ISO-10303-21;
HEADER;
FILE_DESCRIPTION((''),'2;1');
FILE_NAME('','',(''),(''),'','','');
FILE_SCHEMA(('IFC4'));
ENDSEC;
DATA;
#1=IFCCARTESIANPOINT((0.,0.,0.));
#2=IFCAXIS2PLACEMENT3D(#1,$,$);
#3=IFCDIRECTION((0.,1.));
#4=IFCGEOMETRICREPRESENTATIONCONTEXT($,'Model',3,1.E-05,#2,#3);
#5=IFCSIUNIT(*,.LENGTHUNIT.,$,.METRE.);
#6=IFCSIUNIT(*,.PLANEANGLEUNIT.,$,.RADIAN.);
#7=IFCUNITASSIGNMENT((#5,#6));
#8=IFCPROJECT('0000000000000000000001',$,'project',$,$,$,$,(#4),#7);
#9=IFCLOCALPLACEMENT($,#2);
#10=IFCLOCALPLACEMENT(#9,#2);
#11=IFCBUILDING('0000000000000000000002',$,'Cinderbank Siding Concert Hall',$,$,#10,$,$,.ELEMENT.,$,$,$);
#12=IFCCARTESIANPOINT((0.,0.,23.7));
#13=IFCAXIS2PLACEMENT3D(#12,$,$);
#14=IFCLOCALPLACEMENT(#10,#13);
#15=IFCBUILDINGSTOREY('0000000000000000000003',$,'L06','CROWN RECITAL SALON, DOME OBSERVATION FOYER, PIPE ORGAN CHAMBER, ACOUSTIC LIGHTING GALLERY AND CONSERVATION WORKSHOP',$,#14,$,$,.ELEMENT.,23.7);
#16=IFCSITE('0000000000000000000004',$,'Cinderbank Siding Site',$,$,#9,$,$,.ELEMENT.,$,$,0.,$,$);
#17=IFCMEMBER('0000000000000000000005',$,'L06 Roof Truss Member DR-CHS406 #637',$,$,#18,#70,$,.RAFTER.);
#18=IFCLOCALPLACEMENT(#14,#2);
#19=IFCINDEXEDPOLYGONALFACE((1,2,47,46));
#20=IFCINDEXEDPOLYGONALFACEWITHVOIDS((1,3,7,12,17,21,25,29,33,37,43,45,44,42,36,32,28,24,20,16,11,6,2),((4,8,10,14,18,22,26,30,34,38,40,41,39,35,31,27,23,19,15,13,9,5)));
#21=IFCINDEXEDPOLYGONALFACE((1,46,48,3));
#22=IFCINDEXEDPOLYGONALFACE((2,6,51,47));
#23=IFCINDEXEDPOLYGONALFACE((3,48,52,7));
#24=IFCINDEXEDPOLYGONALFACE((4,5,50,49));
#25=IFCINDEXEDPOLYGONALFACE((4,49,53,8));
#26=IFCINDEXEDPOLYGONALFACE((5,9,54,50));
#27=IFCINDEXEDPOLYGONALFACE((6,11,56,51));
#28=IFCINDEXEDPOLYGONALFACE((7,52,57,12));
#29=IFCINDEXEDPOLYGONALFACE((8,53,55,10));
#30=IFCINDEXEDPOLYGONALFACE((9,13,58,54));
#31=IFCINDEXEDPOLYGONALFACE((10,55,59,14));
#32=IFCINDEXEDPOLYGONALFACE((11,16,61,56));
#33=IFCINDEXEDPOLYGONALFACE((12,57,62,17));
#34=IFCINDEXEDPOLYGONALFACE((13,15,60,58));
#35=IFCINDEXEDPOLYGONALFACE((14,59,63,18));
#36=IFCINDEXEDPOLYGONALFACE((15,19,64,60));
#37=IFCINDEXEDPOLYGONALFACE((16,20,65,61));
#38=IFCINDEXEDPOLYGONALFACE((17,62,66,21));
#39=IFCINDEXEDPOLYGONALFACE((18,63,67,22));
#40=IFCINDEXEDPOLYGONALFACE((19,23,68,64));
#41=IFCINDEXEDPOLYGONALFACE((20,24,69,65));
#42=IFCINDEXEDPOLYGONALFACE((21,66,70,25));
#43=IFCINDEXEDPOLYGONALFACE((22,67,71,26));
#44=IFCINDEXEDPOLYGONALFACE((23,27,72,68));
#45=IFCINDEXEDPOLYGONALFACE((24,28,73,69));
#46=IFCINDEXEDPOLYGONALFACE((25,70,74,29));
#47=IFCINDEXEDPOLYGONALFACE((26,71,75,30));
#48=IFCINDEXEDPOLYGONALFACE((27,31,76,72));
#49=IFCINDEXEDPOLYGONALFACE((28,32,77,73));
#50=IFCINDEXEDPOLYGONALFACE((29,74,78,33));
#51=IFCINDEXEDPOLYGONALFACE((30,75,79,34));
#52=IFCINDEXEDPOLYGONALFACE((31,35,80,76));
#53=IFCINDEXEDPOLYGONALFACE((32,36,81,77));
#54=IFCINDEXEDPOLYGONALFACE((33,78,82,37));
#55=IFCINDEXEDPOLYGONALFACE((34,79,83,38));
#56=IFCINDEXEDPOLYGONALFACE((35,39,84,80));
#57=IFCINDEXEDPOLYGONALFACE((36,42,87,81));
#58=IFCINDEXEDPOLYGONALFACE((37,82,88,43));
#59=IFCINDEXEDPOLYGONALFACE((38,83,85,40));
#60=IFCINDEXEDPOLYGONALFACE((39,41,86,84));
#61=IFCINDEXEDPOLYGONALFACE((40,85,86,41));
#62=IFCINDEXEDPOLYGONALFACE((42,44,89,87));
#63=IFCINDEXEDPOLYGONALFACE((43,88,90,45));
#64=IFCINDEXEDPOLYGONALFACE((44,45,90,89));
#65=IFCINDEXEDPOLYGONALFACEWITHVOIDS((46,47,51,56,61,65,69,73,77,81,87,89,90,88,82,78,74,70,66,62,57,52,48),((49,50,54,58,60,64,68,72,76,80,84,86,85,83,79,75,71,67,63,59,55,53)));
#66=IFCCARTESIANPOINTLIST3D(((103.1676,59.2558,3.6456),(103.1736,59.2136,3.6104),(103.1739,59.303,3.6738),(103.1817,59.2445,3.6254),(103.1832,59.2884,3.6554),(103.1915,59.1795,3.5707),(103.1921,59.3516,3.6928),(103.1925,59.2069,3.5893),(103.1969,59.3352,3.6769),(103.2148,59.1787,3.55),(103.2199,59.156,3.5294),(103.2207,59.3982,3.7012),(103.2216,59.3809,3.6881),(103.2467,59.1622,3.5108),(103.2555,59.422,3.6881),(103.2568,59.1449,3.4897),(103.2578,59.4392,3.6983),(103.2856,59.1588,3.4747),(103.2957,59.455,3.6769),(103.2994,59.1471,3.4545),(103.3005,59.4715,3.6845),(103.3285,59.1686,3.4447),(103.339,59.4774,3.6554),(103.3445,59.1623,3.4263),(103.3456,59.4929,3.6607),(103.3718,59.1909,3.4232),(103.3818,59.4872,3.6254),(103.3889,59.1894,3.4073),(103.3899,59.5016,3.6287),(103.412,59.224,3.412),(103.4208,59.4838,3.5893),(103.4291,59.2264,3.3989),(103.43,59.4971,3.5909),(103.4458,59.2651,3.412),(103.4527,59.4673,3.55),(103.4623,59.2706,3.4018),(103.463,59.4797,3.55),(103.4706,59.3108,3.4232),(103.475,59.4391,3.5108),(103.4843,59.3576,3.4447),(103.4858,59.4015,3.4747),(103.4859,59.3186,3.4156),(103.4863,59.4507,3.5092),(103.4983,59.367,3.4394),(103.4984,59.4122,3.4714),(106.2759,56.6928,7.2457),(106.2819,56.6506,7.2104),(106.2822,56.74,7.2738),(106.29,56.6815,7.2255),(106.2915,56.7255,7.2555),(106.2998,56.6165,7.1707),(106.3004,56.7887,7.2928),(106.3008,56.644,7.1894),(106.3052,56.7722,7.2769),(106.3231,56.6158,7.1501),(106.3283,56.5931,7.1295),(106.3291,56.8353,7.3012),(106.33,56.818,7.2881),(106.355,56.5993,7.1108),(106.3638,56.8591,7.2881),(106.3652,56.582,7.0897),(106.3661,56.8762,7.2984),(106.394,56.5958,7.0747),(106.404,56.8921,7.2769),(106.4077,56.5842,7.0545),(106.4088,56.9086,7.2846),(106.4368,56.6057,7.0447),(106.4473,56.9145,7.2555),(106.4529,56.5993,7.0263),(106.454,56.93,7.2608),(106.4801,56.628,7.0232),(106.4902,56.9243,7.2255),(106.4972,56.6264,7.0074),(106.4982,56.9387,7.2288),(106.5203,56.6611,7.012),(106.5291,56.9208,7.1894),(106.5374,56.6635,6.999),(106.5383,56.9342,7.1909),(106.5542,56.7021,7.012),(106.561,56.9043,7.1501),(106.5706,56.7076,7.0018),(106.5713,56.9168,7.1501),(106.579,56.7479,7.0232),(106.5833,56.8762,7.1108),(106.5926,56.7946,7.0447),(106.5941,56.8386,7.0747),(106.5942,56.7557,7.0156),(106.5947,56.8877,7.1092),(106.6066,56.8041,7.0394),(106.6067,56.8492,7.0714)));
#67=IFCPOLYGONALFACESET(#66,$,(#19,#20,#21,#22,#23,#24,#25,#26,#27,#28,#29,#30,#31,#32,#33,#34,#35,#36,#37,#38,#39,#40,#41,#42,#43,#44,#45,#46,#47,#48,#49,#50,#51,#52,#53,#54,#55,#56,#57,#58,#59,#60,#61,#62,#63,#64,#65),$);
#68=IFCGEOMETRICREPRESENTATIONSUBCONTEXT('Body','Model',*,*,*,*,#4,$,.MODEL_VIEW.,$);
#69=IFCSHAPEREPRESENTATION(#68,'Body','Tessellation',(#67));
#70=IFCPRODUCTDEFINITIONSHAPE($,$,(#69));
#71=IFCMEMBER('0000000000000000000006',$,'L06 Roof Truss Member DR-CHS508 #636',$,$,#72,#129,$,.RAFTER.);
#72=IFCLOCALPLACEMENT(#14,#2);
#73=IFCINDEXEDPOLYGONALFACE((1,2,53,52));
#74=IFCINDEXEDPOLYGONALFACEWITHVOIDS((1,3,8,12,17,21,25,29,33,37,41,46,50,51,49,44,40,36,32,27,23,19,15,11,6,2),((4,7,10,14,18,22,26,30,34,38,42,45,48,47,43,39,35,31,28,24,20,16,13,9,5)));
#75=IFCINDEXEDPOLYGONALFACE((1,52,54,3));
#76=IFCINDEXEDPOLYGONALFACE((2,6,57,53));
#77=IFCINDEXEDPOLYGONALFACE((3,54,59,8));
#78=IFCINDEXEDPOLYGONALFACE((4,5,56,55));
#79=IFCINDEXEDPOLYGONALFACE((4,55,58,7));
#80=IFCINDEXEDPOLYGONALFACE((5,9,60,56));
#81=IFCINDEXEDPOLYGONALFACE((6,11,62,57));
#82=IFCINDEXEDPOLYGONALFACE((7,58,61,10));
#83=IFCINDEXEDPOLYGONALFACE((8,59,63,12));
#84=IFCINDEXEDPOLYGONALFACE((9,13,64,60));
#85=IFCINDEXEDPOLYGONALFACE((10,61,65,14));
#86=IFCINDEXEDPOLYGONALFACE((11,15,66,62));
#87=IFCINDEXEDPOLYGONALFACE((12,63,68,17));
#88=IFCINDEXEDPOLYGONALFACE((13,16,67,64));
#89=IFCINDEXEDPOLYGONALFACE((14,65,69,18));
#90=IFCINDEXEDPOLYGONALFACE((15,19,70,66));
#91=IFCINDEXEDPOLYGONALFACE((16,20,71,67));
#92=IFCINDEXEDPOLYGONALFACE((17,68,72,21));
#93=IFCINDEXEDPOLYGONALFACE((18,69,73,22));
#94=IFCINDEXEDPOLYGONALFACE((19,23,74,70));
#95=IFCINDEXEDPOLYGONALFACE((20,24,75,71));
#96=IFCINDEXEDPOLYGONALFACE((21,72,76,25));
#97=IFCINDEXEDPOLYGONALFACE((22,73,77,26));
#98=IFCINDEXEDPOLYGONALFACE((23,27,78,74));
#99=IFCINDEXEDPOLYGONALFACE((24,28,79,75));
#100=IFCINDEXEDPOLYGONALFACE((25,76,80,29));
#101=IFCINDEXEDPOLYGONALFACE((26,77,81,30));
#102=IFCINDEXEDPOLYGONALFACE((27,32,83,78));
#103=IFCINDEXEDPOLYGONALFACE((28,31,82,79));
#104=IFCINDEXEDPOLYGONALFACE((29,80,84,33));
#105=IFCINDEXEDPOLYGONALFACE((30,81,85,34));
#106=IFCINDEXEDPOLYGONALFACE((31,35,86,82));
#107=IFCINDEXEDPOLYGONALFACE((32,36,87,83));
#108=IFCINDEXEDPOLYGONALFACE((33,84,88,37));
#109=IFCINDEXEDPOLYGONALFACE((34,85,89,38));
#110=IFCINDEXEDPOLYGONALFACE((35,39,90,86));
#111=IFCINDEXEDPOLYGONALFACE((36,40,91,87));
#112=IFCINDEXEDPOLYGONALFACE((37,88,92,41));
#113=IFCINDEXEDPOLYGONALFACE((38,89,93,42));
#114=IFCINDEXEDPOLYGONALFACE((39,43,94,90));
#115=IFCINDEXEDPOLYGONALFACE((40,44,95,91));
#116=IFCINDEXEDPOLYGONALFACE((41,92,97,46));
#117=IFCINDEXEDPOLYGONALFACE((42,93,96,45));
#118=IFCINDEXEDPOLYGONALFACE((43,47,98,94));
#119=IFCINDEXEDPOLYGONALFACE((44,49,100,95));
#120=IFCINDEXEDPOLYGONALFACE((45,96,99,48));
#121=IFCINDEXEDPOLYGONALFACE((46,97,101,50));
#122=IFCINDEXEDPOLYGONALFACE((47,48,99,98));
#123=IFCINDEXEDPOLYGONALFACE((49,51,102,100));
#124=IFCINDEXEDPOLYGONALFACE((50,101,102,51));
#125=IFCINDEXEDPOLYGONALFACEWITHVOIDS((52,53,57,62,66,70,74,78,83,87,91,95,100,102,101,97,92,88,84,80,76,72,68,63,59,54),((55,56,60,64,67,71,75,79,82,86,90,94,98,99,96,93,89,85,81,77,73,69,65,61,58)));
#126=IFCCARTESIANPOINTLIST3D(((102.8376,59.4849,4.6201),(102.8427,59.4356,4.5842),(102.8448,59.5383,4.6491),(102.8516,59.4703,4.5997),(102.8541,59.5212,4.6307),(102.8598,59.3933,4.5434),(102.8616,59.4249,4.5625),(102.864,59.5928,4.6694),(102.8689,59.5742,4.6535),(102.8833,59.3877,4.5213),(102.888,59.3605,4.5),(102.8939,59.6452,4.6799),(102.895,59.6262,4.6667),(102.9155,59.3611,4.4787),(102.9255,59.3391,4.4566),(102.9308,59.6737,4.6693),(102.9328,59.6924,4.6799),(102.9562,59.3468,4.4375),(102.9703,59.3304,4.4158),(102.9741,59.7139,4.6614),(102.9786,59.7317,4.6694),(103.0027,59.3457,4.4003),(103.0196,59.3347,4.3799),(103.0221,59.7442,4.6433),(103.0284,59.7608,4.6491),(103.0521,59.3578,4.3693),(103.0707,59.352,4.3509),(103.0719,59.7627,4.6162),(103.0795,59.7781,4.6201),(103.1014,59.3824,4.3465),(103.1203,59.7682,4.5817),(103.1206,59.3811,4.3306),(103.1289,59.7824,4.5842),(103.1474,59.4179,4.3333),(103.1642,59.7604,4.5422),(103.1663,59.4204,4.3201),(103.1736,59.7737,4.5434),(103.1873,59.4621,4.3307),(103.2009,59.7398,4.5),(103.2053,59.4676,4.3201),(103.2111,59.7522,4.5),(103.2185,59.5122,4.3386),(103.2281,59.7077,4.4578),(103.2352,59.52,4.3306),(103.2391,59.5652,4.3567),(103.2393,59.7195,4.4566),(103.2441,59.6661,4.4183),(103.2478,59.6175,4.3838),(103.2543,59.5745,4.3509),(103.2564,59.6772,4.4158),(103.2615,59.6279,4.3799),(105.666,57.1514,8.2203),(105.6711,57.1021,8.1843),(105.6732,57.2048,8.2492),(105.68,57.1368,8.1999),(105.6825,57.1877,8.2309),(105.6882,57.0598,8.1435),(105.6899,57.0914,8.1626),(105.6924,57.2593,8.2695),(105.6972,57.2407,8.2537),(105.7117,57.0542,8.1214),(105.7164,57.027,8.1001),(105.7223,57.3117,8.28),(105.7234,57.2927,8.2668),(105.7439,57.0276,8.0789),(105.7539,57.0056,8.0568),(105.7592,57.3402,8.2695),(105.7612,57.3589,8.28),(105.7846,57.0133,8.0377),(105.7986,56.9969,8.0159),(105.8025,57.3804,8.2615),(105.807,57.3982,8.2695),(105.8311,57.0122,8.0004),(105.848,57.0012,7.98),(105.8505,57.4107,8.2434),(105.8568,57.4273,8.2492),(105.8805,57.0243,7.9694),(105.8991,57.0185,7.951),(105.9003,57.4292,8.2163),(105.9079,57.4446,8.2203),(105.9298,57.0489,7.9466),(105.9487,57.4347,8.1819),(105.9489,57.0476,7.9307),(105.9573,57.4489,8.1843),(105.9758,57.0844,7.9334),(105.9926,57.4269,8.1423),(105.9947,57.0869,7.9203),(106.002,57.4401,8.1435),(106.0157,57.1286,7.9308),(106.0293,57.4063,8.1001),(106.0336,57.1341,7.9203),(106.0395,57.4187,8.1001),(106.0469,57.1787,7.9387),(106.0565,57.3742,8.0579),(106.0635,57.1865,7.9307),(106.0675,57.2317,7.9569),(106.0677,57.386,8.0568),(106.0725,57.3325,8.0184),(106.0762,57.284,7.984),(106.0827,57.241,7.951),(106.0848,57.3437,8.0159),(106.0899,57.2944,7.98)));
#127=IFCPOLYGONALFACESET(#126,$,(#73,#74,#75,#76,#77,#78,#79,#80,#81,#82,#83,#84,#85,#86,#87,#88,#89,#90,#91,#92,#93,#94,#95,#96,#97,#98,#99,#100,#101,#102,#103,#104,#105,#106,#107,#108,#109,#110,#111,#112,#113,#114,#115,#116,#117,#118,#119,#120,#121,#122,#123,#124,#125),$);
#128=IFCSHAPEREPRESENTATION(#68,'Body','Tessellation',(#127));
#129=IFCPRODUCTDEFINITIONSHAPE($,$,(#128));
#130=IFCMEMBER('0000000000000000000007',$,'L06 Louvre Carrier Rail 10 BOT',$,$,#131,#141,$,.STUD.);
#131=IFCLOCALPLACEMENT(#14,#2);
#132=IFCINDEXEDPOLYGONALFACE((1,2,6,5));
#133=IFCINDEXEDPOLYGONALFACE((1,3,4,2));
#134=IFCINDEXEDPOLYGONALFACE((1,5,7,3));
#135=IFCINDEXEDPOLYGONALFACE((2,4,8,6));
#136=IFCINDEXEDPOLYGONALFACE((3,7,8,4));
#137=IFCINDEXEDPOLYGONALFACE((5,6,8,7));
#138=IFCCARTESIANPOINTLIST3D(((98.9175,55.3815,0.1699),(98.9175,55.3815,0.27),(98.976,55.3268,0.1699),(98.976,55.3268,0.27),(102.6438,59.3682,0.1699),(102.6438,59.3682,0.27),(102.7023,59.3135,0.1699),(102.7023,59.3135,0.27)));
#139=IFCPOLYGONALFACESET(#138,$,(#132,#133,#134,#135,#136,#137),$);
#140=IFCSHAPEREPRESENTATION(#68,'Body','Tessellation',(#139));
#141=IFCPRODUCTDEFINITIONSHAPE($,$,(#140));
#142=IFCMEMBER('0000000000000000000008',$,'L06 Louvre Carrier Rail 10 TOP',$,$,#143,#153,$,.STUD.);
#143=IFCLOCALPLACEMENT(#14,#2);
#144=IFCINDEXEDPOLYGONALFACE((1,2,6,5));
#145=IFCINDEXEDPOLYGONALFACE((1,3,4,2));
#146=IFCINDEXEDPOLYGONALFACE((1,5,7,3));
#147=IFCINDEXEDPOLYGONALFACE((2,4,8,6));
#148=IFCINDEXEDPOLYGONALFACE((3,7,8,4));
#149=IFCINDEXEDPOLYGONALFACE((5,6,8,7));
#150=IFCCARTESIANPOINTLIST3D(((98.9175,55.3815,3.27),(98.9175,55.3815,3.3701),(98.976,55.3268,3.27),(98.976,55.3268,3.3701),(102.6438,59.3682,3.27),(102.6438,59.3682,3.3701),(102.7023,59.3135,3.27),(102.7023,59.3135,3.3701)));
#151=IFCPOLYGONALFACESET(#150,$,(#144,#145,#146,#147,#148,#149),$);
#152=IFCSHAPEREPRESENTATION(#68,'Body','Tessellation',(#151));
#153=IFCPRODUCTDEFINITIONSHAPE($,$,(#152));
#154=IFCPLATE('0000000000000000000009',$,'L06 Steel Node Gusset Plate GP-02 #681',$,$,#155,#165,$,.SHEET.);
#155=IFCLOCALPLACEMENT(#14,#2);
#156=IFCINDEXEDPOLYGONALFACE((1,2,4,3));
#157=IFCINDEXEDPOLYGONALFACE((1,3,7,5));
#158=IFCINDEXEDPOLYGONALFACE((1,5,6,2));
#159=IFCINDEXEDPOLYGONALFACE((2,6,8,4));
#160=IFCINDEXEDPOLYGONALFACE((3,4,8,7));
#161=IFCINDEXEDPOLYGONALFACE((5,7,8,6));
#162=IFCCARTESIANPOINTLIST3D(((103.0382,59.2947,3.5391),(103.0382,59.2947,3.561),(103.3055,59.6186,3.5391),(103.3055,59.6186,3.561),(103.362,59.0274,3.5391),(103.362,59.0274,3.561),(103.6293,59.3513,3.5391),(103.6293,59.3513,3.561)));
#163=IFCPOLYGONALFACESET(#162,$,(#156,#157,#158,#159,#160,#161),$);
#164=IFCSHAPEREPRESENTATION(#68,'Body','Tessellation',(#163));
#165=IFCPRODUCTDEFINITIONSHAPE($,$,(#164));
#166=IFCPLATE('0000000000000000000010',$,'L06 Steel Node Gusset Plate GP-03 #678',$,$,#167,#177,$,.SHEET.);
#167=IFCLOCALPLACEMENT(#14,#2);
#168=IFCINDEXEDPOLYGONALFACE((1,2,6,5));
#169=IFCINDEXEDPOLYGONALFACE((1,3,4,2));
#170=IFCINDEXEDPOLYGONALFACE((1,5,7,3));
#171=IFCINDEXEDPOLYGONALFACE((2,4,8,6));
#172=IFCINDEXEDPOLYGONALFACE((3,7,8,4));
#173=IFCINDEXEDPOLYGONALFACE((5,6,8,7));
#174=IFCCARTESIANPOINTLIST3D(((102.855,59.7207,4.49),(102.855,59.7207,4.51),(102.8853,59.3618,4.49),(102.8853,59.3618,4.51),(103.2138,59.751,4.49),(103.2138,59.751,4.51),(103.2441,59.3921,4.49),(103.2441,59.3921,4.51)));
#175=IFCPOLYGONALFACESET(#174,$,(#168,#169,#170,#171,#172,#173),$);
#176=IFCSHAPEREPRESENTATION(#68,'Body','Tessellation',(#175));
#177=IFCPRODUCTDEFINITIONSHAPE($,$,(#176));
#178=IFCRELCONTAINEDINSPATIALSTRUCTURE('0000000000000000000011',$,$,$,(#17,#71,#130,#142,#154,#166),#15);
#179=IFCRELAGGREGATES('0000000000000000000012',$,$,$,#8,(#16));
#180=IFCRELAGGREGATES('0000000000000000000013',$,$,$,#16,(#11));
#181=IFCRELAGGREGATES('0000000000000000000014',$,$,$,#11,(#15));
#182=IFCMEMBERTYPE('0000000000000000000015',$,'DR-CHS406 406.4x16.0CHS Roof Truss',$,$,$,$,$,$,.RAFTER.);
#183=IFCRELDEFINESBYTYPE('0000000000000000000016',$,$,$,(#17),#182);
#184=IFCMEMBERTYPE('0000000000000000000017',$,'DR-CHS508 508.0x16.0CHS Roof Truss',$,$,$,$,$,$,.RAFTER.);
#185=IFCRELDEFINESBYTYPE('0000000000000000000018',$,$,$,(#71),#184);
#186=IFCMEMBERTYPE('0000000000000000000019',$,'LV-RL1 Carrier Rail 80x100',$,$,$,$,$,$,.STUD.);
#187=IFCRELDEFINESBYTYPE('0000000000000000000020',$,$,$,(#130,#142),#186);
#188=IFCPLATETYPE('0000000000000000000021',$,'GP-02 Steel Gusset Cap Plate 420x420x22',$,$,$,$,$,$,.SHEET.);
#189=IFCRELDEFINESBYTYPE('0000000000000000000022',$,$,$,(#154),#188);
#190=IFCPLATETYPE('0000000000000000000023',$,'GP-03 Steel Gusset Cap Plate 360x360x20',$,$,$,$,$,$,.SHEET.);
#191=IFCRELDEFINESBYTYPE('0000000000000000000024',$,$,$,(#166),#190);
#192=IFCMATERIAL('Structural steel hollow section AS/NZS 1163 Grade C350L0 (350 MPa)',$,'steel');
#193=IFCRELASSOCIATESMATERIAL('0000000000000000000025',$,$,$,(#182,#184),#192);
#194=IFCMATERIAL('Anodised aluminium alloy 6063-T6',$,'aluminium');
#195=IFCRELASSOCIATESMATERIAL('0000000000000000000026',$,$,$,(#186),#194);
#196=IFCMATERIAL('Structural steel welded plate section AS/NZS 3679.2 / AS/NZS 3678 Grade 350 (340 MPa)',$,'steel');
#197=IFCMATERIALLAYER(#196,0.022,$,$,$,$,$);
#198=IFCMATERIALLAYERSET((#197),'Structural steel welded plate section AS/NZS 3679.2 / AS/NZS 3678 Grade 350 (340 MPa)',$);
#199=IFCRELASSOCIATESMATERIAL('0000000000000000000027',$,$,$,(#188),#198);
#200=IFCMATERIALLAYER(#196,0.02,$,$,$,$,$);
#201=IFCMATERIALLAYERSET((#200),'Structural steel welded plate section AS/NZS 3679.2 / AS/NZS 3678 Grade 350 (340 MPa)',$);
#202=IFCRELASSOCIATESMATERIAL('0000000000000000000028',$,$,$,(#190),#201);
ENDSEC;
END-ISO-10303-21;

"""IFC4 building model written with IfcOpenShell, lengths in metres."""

from ifc_helpers import new_model, si_unit, direction, frame, origin, origin_2d, place, context, subcontext, project, spatial, rectangle, hollow_circle, extrude, material, layer, layer_set, material_profile, profile_set, type_object, element, save


model = new_model("IFC4")

# Units and contexts
model_context = context("Model", 3, precision=1e-05, world=origin(), true_north=direction((0.0, 1.0)))
body_context = subcontext(model_context, "Body", "Model", "MODEL_VIEW")
ifc_project = project(units=[si_unit("LENGTHUNIT", "METRE"), si_unit("PLANEANGLEUNIT", "RADIAN")], contexts=[model_context])

# Site, building, storey
site_placement = place(None, origin())
site = spatial("IfcSite", under=ifc_project, at=site_placement, Name="Cinderbank Siding Site", CompositionType="ELEMENT", RefElevation=0.0)
building_placement = place(site_placement, origin())
building = spatial("IfcBuilding", under=site, at=building_placement, Name="Cinderbank Siding Concert Hall", CompositionType="ELEMENT")
storey_placement = place(building_placement, frame((0.0, 0.0, 23.7)))
storey = spatial("IfcBuildingStorey", under=building, at=storey_placement, Name="L06", Description="CROWN RECITAL SALON, DOME OBSERVATION FOYER, PIPE ORGAN CHAMBER, ACOUSTIC LIGHTING GALLERY AND CONSERVATION WORKSHOP", CompositionType="ELEMENT", Elevation=23.7)

# Shared definitions
ifc_material_1 = material(Name="Structural steel welded plate section AS/NZS 3679.2 / AS/NZS 3678 Grade 350 (340 MPa)", Category="steel")

# Members
ifc_material_2 = material(Name="Structural steel hollow section AS/NZS 1163 Grade C350L0 (350 MPa)", Category="steel")
ifc_material_profile_1 = material_profile(ifc_material_2, hollow_circle(Radius=0.2031, WallThickness=0.0161, at=origin_2d()), Name="406.4x16.0CHS", Category="LoadBearing")
ifc_profile_set_1 = profile_set([ifc_material_profile_1], Name="Structural steel hollow section AS/NZS 1163 Grade C350L0 (350 MPa)")
member_type_1 = type_object("IfcMemberType", Name="DR-CHS406 406.4x16.0CHS Roof Truss", PredefinedType="RAFTER", material=ifc_profile_set_1)
member_1_placement = place(storey_placement, frame((103.3337, 59.323, 3.55), z_axis=(0.575316, -0.474369, 0.666322), x_axis=(0.63617, 0.771549, 0.0)))
element("IfcMember", 1, at=member_1_placement, inside=storey, type_object=member_type_1, Name="L06 Roof Truss Member DR-CHS406 #637", PredefinedType="RAFTER", context=body_context, shape_type="SweptSolid", body=[
    extrude(hollow_circle(Radius=0.2031, WallThickness=0.0161, at=origin_2d()), origin(), (0.0, 0.0, 1.0), 5.4028),
])
ifc_material_profile_2 = material_profile(ifc_material_2, hollow_circle(Radius=0.2539, WallThickness=0.0161, at=origin_2d()), Name="508.0x16.0CHS", Category="LoadBearing")
ifc_profile_set_2 = profile_set([ifc_material_profile_2], Name="Structural steel hollow section AS/NZS 1163 Grade C350L0 (350 MPa)")
member_type_2 = type_object("IfcMemberType", Name="DR-CHS508 508.0x16.0CHS Roof Truss", PredefinedType="RAFTER", material=ifc_profile_set_2)
member_2_placement = place(storey_placement, frame((103.0496, 59.5564, 4.5), z_axis=(0.550412, -0.454108, 0.700594), x_axis=(0.636398, 0.771361, 0.0)))
element("IfcMember", 2, at=member_2_placement, inside=storey, type_object=member_type_2, Name="L06 Roof Truss Member DR-CHS508 #636", PredefinedType="RAFTER", context=body_context, shape_type="SweptSolid", body=[
    extrude(hollow_circle(Radius=0.2539, WallThickness=0.0161, at=origin_2d()), origin(), (0.0, 0.0, 1.0), 5.1387),
])
ifc_material_3 = material(Name="Anodised aluminium alloy 6063-T6", Category="aluminium")
ifc_material_profile_3 = material_profile(ifc_material_3, rectangle(XDim=0.0801, YDim=0.1001, at=origin_2d()), Name="ALU-RAIL-80x100", Category="LoadBearing")
ifc_profile_set_3 = profile_set([ifc_material_profile_3], Name="Anodised aluminium alloy 6063-T6")
member_type_3 = type_object("IfcMemberType", Name="LV-RL1 Carrier Rail 80x100", PredefinedType="STUD", material=ifc_profile_set_3)
for number, where, z_axis, x_axis, name in (
    (3, (102.6731, 59.3408, 0.22), (-0.682858, -0.730551, 0.0), (0.730551, -0.682858, 0.0), "L06 Louvre Carrier Rail 10 BOT"),
    (4, (102.6731, 59.3408, 3.3201), (-0.682858, -0.730551, 0.0), (0.730551, -0.682858, 0.0), "L06 Louvre Carrier Rail 10 TOP"),
):
    element("IfcMember", number, at=place(storey_placement, frame(where, z_axis=z_axis, x_axis=x_axis)), inside=storey, type_object=member_type_3, Name=name, PredefinedType="STUD", context=body_context, shape_type="SweptSolid", body=[
        extrude(rectangle(XDim=0.0801, YDim=0.1001, at=origin_2d()), origin(), (0.0, 0.0, 1.0), 5.457),
    ])

# Plates
ifc_layer_1 = layer(ifc_material_1, 0.022)
ifc_layer_set_1 = layer_set([ifc_layer_1], Name="Structural steel welded plate section AS/NZS 3679.2 / AS/NZS 3678 Grade 350 (340 MPa)")
plate_type_1 = type_object("IfcPlateType", Name="GP-02 Steel Gusset Cap Plate 420x420x22", PredefinedType="SHEET", material=ifc_layer_set_1)
plate_1_placement = place(storey_placement, frame((103.3337, 59.323, 3.5391), z_axis=(0.0, 0.0, 1.0), x_axis=(0.77118, -0.636617, 0.0)))
element("IfcPlate", 5, at=plate_1_placement, inside=storey, type_object=plate_type_1, Name="L06 Steel Node Gusset Plate GP-02 #681", PredefinedType="SHEET", context=body_context, shape_type="SweptSolid", body=[
    extrude(rectangle(XDim=0.4199, YDim=0.4199, at=origin_2d()), origin(), (0.0, 0.0, 1.0), 0.022),
])
ifc_layer_2 = layer(ifc_material_1, 0.02)
ifc_layer_set_2 = layer_set([ifc_layer_2], Name="Structural steel welded plate section AS/NZS 3679.2 / AS/NZS 3678 Grade 350 (340 MPa)")
plate_type_2 = type_object("IfcPlateType", Name="GP-03 Steel Gusset Cap Plate 360x360x20", PredefinedType="SHEET", material=ifc_layer_set_2)
plate_2_placement = place(storey_placement, frame((103.0496, 59.5564, 4.49), z_axis=(0.0, 0.0, 1.0), x_axis=(0.996449, 0.0842, 0.0)))
element("IfcPlate", 6, at=plate_2_placement, inside=storey, type_object=plate_type_2, Name="L06 Steel Node Gusset Plate GP-03 #678", PredefinedType="SHEET", context=body_context, shape_type="SweptSolid", body=[
    extrude(rectangle(XDim=0.3601, YDim=0.3601, at=origin_2d()), origin(), (0.0, 0.0, 1.0), 0.02),
])

save(model, "model.ifc")
